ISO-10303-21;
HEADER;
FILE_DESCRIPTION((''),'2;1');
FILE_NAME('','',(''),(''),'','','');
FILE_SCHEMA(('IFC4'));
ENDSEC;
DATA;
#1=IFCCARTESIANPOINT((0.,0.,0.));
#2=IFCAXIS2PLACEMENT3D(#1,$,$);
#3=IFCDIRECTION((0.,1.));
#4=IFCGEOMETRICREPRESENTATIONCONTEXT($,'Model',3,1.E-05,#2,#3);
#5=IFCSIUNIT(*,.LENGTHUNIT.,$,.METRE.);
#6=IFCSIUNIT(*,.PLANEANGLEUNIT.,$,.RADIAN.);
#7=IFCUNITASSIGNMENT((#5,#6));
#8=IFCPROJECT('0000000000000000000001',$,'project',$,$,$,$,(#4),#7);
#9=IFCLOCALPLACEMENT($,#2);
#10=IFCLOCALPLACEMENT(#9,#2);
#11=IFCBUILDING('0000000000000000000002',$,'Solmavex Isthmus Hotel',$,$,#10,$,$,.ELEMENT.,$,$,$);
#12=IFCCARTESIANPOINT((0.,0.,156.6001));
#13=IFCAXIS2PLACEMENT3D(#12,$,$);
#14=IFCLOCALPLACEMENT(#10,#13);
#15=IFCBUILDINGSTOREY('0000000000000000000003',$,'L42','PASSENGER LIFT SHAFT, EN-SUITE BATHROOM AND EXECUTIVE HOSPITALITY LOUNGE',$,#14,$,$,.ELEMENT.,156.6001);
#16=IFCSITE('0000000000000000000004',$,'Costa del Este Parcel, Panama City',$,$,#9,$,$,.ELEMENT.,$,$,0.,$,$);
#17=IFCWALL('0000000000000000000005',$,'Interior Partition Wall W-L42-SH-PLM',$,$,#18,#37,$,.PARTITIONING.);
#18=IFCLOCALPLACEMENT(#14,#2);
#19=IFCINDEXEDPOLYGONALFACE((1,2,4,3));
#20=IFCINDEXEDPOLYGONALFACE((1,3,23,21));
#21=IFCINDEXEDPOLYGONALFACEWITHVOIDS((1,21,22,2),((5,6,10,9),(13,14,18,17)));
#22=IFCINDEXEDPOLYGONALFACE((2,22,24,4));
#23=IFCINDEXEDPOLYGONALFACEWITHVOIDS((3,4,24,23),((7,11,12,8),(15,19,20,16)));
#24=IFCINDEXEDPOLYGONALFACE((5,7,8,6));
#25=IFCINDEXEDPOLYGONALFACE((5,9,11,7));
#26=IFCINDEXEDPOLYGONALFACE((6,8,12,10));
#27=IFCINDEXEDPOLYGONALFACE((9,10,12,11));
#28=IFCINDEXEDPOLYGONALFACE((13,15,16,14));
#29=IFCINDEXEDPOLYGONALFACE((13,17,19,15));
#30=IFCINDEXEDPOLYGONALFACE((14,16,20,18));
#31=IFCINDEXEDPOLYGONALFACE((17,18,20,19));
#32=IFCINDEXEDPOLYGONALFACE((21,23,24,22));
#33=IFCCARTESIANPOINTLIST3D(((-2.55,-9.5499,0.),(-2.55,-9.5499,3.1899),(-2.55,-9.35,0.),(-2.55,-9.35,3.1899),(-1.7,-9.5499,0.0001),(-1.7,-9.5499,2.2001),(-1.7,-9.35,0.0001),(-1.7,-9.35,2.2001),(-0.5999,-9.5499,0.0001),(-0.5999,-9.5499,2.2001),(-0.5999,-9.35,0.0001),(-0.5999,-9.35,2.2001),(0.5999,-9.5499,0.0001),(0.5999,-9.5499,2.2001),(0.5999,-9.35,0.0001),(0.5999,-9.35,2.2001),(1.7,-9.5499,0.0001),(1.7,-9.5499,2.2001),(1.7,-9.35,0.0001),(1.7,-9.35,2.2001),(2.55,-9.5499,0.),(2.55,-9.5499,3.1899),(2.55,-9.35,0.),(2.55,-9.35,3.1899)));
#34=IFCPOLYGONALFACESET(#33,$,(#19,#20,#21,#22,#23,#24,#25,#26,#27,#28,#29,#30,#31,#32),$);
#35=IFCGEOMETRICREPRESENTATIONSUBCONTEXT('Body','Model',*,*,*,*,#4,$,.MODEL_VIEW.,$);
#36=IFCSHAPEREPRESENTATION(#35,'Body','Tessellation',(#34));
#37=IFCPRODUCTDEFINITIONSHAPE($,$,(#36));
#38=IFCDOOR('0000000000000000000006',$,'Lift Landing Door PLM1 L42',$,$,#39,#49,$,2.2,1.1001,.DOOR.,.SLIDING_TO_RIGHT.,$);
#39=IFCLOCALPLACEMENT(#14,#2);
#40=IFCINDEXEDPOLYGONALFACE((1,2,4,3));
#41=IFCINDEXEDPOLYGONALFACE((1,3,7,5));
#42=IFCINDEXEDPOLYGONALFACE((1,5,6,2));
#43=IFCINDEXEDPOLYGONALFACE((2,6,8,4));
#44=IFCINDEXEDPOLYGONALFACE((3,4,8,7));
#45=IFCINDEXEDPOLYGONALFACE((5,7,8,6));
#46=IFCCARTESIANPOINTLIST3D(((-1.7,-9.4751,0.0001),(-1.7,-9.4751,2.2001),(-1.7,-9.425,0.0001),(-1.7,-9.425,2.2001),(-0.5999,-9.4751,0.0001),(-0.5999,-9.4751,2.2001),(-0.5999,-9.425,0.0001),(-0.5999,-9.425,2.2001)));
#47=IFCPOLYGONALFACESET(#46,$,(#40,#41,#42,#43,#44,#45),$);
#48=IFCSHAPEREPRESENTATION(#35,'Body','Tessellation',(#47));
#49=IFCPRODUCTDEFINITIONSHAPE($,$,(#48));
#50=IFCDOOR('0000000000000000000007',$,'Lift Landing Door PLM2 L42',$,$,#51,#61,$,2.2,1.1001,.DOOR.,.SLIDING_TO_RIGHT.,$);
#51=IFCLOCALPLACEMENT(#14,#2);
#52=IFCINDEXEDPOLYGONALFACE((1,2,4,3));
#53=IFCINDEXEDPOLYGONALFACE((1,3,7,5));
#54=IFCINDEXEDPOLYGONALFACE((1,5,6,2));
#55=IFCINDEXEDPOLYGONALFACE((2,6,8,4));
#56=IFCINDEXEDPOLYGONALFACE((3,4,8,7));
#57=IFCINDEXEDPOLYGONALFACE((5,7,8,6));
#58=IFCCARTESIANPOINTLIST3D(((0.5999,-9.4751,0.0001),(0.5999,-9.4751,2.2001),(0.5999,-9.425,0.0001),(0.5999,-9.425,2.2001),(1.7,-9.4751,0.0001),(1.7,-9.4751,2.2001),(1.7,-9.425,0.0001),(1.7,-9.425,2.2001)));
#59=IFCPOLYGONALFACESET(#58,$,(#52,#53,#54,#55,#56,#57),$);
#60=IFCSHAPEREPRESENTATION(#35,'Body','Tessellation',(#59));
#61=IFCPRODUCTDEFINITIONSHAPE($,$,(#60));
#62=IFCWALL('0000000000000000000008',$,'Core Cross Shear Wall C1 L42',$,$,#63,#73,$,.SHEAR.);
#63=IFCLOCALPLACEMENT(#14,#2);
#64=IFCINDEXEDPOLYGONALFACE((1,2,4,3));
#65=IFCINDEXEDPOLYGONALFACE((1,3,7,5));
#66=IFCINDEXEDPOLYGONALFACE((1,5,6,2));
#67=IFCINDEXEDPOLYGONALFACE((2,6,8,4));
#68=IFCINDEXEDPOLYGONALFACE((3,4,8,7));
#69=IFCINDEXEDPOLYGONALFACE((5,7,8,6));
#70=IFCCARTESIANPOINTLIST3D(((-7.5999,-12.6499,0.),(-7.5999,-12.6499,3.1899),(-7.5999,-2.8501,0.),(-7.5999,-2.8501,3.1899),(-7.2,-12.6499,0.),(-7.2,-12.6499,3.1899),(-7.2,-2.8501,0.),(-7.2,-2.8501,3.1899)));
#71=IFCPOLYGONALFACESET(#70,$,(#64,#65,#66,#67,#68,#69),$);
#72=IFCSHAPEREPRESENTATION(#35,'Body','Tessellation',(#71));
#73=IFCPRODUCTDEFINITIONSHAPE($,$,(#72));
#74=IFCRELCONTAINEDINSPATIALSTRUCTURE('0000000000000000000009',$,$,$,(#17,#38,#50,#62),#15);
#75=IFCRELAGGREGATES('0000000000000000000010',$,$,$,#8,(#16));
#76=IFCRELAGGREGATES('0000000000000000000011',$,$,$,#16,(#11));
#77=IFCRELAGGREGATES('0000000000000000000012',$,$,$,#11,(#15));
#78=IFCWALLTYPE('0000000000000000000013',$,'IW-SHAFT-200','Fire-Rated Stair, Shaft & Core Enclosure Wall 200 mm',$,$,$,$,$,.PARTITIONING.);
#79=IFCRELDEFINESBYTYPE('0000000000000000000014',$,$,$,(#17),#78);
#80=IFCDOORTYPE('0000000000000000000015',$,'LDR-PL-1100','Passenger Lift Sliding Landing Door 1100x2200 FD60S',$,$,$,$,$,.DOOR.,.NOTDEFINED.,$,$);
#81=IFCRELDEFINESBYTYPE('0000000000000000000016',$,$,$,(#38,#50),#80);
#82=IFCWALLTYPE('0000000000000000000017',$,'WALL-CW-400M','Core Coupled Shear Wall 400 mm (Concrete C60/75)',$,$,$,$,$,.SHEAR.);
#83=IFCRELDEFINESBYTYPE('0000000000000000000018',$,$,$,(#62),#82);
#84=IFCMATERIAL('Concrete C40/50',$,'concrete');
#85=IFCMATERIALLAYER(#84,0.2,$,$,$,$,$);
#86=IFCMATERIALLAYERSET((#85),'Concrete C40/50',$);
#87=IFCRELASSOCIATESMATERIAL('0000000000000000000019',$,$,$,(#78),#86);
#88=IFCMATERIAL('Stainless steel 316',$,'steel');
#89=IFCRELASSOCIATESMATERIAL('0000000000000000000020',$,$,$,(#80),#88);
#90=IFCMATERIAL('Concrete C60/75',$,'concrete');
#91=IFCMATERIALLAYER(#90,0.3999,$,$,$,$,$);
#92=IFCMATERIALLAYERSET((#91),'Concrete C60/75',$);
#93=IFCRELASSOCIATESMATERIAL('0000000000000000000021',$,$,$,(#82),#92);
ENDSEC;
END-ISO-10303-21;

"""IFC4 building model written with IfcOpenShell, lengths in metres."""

from ifc_helpers import new_model, si_unit, direction, frame, frame_2d, origin, place, context, subcontext, project, spatial, rectangle, extrude, material, layer, layer_set, type_object, element, fill, save


model = new_model("IFC4")

# Units and contexts
model_context = context("Model", 3, precision=1e-05, world=origin(), true_north=direction((0.0, 1.0)))
body_context = subcontext(model_context, "Body", "Model", "MODEL_VIEW")
ifc_project = project(units=[si_unit("LENGTHUNIT", "METRE"), si_unit("PLANEANGLEUNIT", "RADIAN")], contexts=[model_context])

# Site, building, storey
site_placement = place(None, origin())
site = spatial("IfcSite", under=ifc_project, at=site_placement, Name="Costa del Este Parcel, Panama City", CompositionType="ELEMENT", RefElevation=0.0)
building_placement = place(site_placement, origin())
building = spatial("IfcBuilding", under=site, at=building_placement, Name="Solmavex Isthmus Hotel", CompositionType="ELEMENT")
storey_placement = place(building_placement, frame((0.0, 0.0, 156.6001)))
storey = spatial("IfcBuildingStorey", under=building, at=storey_placement, Name="L42", Description="PASSENGER LIFT SHAFT, EN-SUITE BATHROOM AND EXECUTIVE HOSPITALITY LOUNGE", CompositionType="ELEMENT", Elevation=156.6001)

# Shared definitions
ifc_material_1 = material(Name="Concrete C60/75", Category="concrete")

# Shared definitions
ifc_material_2 = material(Name="Concrete C40/50", Category="concrete")
ifc_layer_1 = layer(ifc_material_2, 0.2)
ifc_layer_set_1 = layer_set([ifc_layer_1], Name="Concrete C40/50")
wall_type_1 = type_object("IfcWallType", Name="IW-SHAFT-200", Description="Fire-Rated Stair, Shaft & Core Enclosure Wall 200 mm", PredefinedType="PARTITIONING", material=ifc_layer_set_1)

# Wall, openings, doors
wall_1_placement = place(storey_placement, frame((-2.55, -9.45, 0.0), z_axis=(0.0, 0.0, 1.0), x_axis=(1.0, 0.0, 0.0)))
wall_1 = element("IfcWall", 1, at=wall_1_placement, inside=storey, type_object=wall_type_1, Name="Interior Partition Wall W-L42-SH-PLM", PredefinedType="PARTITIONING", context=body_context, shape_type="SweptSolid", body=[
    extrude(rectangle(XDim=5.1001, YDim=0.2, at=frame_2d((2.55, 0.0))), origin(), (0.0, 0.0, 1.0), 3.1899),
])
opening_1_placement = place(wall_1_placement, frame((0.8501, 0.0, 0.0)))
opening_1 = element("IfcOpeningElement", 2, at=opening_1_placement, cuts=wall_1, PredefinedType="OPENING", context=body_context, shape_type="SweptSolid", body=[
    extrude(rectangle(XDim=1.1001, YDim=2.2, at=frame_2d((0.55, 1.1001))), frame((0.0, 0.1099, 0.0), z_axis=(0.0, -1.0, 0.0), x_axis=(1.0, 0.0, 0.0)), (0.0, 0.0, 1.0), 0.22),
])
opening_2_placement = place(wall_1_placement, frame((3.1499, 0.0, 0.0)))
opening_2 = element("IfcOpeningElement", 3, at=opening_2_placement, cuts=wall_1, PredefinedType="OPENING", context=body_context, shape_type="SweptSolid", body=[
    extrude(rectangle(XDim=1.1001, YDim=2.2, at=frame_2d((0.55, 1.1001))), frame((0.0, 0.1099, 0.0), z_axis=(0.0, -1.0, 0.0), x_axis=(1.0, 0.0, 0.0)), (0.0, 0.0, 1.0), 0.22),
])
ifc_material_3 = material(Name="Stainless steel 316", Category="steel")
door_type_1 = type_object("IfcDoorType", Name="LDR-PL-1100", Description="Passenger Lift Sliding Landing Door 1100x2200 FD60S", OperationType="NOTDEFINED", PredefinedType="DOOR", material=ifc_material_3)
door_1_placement = place(opening_1_placement, origin())
door_1 = element("IfcDoor", 4, at=door_1_placement, inside=storey, type_object=door_type_1, Name="Lift Landing Door PLM1 L42", OperationType="SLIDING_TO_RIGHT", OverallHeight=2.2, OverallWidth=1.1001, PredefinedType="DOOR", context=body_context, shape_type="SweptSolid", body=[
    extrude(rectangle(XDim=1.1001, YDim=2.2, at=frame_2d((0.55, 1.1001))), frame((0.0, 0.0249, 0.0), z_axis=(0.0, -1.0, 0.0), x_axis=(1.0, 0.0, 0.0)), (0.0, 0.0, 1.0), 0.05),
])
fill(opening_1, door_1)
door_2_placement = place(opening_2_placement, origin())
door_2 = element("IfcDoor", 5, at=door_2_placement, inside=storey, type_object=door_type_1, Name="Lift Landing Door PLM2 L42", OperationType="SLIDING_TO_RIGHT", OverallHeight=2.2, OverallWidth=1.1001, PredefinedType="DOOR", context=body_context, shape_type="SweptSolid", body=[
    extrude(rectangle(XDim=1.1001, YDim=2.2, at=frame_2d((0.55, 1.1001))), frame((0.0, 0.0249, 0.0), z_axis=(0.0, -1.0, 0.0), x_axis=(1.0, 0.0, 0.0)), (0.0, 0.0, 1.0), 0.05),
])
fill(opening_2, door_2)

# Wall
ifc_layer_2 = layer(ifc_material_1, 0.3999)
ifc_layer_set_2 = layer_set([ifc_layer_2], Name="Concrete C60/75")
wall_type_2 = type_object("IfcWallType", Name="WALL-CW-400M", Description="Core Coupled Shear Wall 400 mm (Concrete C60/75)", PredefinedType="SHEAR", material=ifc_layer_set_2)
wall_2_placement = place(storey_placement, frame((-7.3999, -12.6499, 0.0), z_axis=(0.0, 0.0, 1.0), x_axis=(0.0, 1.0, 0.0)))
element("IfcWall", 6, at=wall_2_placement, inside=storey, type_object=wall_type_2, Name="Core Cross Shear Wall C1 L42", PredefinedType="SHEAR", context=body_context, shape_type="SweptSolid", body=[
    extrude(rectangle(XDim=9.7998, YDim=0.3999, at=frame_2d((4.8999, 0.0))), origin(), (0.0, 0.0, 1.0), 3.1899),
])

save(model, "model.ifc")
